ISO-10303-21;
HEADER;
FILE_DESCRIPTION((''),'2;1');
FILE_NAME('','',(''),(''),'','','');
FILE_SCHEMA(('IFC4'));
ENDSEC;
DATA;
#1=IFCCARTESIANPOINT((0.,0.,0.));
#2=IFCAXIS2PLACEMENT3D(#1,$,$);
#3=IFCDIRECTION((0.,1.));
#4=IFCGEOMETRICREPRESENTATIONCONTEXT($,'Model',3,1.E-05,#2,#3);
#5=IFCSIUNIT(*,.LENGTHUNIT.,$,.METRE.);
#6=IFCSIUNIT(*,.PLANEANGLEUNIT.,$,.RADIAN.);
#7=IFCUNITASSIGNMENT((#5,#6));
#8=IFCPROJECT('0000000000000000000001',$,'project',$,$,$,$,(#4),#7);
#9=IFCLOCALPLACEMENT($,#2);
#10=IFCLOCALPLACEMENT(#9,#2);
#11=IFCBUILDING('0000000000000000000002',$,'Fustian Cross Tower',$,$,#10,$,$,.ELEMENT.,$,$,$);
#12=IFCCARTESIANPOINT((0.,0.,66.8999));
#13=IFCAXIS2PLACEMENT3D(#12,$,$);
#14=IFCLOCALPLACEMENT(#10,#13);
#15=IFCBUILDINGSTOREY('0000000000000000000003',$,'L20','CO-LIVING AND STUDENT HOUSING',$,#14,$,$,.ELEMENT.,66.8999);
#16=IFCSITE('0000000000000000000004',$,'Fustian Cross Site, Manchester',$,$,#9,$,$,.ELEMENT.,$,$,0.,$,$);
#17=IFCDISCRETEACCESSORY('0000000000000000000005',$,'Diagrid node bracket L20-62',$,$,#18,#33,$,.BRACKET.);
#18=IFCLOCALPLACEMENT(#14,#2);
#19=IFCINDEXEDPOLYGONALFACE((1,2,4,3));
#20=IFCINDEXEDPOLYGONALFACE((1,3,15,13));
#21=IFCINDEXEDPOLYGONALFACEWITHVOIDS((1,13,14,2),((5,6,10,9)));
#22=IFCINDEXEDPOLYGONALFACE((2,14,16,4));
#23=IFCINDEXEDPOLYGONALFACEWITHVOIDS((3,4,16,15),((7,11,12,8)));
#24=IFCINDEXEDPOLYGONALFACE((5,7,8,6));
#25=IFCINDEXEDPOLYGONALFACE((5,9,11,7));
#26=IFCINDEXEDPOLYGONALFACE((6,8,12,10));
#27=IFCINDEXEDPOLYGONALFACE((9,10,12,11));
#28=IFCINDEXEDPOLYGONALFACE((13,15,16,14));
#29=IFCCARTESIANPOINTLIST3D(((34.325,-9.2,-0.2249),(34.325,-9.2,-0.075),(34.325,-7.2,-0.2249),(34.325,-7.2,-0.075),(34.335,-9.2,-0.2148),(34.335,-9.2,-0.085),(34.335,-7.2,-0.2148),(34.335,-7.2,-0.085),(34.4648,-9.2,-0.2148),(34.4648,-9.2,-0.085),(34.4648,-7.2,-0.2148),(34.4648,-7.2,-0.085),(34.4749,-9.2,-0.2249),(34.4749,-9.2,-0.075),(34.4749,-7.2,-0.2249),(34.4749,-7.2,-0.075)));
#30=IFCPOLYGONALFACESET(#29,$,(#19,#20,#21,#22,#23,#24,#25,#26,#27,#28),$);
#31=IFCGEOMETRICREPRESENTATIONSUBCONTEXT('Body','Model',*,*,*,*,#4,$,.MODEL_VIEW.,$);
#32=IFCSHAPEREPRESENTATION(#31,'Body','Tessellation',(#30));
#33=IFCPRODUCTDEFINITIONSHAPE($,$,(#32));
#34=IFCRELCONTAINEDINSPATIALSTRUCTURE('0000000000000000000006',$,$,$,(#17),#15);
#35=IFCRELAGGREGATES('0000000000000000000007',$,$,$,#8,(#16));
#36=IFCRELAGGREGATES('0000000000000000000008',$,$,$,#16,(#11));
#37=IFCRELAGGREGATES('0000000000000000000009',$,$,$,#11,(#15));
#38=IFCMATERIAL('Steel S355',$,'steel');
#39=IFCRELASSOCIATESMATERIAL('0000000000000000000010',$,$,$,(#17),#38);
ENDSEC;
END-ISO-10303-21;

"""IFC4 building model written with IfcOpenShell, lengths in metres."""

from ifc_helpers import new_model, si_unit, direction, frame, origin, origin_2d, place, context, subcontext, project, spatial, hollow_rectangle, extrude, material, element, save


model = new_model("IFC4")

# Units and contexts
model_context = context("Model", 3, precision=1e-05, world=origin(), true_north=direction((0.0, 1.0)))
body_context = subcontext(model_context, "Body", "Model", "MODEL_VIEW")
ifc_project = project(units=[si_unit("LENGTHUNIT", "METRE"), si_unit("PLANEANGLEUNIT", "RADIAN")], contexts=[model_context])

# Site, building, storey
site_placement = place(None, origin())
site = spatial("IfcSite", under=ifc_project, at=site_placement, Name="Fustian Cross Site, Manchester", CompositionType="ELEMENT", RefElevation=0.0)
building_placement = place(site_placement, origin())
building = spatial("IfcBuilding", under=site, at=building_placement, Name="Fustian Cross Tower", CompositionType="ELEMENT")
storey_placement = place(building_placement, frame((0.0, 0.0, 66.8999)))
storey = spatial("IfcBuildingStorey", under=building, at=storey_placement, Name="L20", Description="CO-LIVING AND STUDENT HOUSING", CompositionType="ELEMENT", Elevation=66.8999)

# Discrete accessory
ifc_material_1 = material(Name="Steel S355", Category="steel")
for number, where, z_axis, x_axis, name in (
    (1, (34.3999, -9.2, -0.1499), (0.0, 1.0, 0.0), (-1.0, 0.0, 0.0), "Diagrid node bracket L20-62"),
):
    element("IfcDiscreteAccessory", number, at=place(storey_placement, frame(where, z_axis=z_axis, x_axis=x_axis)), inside=storey, material=ifc_material_1, Name=name, PredefinedType="BRACKET", context=body_context, shape_type="SweptSolid", body=[
        extrude(hollow_rectangle(XDim=0.1499, YDim=0.1499, WallThickness=0.01, at=origin_2d()), origin(), (0.0, 0.0, 1.0), 2.0),
    ])

save(model, "model.ifc")
